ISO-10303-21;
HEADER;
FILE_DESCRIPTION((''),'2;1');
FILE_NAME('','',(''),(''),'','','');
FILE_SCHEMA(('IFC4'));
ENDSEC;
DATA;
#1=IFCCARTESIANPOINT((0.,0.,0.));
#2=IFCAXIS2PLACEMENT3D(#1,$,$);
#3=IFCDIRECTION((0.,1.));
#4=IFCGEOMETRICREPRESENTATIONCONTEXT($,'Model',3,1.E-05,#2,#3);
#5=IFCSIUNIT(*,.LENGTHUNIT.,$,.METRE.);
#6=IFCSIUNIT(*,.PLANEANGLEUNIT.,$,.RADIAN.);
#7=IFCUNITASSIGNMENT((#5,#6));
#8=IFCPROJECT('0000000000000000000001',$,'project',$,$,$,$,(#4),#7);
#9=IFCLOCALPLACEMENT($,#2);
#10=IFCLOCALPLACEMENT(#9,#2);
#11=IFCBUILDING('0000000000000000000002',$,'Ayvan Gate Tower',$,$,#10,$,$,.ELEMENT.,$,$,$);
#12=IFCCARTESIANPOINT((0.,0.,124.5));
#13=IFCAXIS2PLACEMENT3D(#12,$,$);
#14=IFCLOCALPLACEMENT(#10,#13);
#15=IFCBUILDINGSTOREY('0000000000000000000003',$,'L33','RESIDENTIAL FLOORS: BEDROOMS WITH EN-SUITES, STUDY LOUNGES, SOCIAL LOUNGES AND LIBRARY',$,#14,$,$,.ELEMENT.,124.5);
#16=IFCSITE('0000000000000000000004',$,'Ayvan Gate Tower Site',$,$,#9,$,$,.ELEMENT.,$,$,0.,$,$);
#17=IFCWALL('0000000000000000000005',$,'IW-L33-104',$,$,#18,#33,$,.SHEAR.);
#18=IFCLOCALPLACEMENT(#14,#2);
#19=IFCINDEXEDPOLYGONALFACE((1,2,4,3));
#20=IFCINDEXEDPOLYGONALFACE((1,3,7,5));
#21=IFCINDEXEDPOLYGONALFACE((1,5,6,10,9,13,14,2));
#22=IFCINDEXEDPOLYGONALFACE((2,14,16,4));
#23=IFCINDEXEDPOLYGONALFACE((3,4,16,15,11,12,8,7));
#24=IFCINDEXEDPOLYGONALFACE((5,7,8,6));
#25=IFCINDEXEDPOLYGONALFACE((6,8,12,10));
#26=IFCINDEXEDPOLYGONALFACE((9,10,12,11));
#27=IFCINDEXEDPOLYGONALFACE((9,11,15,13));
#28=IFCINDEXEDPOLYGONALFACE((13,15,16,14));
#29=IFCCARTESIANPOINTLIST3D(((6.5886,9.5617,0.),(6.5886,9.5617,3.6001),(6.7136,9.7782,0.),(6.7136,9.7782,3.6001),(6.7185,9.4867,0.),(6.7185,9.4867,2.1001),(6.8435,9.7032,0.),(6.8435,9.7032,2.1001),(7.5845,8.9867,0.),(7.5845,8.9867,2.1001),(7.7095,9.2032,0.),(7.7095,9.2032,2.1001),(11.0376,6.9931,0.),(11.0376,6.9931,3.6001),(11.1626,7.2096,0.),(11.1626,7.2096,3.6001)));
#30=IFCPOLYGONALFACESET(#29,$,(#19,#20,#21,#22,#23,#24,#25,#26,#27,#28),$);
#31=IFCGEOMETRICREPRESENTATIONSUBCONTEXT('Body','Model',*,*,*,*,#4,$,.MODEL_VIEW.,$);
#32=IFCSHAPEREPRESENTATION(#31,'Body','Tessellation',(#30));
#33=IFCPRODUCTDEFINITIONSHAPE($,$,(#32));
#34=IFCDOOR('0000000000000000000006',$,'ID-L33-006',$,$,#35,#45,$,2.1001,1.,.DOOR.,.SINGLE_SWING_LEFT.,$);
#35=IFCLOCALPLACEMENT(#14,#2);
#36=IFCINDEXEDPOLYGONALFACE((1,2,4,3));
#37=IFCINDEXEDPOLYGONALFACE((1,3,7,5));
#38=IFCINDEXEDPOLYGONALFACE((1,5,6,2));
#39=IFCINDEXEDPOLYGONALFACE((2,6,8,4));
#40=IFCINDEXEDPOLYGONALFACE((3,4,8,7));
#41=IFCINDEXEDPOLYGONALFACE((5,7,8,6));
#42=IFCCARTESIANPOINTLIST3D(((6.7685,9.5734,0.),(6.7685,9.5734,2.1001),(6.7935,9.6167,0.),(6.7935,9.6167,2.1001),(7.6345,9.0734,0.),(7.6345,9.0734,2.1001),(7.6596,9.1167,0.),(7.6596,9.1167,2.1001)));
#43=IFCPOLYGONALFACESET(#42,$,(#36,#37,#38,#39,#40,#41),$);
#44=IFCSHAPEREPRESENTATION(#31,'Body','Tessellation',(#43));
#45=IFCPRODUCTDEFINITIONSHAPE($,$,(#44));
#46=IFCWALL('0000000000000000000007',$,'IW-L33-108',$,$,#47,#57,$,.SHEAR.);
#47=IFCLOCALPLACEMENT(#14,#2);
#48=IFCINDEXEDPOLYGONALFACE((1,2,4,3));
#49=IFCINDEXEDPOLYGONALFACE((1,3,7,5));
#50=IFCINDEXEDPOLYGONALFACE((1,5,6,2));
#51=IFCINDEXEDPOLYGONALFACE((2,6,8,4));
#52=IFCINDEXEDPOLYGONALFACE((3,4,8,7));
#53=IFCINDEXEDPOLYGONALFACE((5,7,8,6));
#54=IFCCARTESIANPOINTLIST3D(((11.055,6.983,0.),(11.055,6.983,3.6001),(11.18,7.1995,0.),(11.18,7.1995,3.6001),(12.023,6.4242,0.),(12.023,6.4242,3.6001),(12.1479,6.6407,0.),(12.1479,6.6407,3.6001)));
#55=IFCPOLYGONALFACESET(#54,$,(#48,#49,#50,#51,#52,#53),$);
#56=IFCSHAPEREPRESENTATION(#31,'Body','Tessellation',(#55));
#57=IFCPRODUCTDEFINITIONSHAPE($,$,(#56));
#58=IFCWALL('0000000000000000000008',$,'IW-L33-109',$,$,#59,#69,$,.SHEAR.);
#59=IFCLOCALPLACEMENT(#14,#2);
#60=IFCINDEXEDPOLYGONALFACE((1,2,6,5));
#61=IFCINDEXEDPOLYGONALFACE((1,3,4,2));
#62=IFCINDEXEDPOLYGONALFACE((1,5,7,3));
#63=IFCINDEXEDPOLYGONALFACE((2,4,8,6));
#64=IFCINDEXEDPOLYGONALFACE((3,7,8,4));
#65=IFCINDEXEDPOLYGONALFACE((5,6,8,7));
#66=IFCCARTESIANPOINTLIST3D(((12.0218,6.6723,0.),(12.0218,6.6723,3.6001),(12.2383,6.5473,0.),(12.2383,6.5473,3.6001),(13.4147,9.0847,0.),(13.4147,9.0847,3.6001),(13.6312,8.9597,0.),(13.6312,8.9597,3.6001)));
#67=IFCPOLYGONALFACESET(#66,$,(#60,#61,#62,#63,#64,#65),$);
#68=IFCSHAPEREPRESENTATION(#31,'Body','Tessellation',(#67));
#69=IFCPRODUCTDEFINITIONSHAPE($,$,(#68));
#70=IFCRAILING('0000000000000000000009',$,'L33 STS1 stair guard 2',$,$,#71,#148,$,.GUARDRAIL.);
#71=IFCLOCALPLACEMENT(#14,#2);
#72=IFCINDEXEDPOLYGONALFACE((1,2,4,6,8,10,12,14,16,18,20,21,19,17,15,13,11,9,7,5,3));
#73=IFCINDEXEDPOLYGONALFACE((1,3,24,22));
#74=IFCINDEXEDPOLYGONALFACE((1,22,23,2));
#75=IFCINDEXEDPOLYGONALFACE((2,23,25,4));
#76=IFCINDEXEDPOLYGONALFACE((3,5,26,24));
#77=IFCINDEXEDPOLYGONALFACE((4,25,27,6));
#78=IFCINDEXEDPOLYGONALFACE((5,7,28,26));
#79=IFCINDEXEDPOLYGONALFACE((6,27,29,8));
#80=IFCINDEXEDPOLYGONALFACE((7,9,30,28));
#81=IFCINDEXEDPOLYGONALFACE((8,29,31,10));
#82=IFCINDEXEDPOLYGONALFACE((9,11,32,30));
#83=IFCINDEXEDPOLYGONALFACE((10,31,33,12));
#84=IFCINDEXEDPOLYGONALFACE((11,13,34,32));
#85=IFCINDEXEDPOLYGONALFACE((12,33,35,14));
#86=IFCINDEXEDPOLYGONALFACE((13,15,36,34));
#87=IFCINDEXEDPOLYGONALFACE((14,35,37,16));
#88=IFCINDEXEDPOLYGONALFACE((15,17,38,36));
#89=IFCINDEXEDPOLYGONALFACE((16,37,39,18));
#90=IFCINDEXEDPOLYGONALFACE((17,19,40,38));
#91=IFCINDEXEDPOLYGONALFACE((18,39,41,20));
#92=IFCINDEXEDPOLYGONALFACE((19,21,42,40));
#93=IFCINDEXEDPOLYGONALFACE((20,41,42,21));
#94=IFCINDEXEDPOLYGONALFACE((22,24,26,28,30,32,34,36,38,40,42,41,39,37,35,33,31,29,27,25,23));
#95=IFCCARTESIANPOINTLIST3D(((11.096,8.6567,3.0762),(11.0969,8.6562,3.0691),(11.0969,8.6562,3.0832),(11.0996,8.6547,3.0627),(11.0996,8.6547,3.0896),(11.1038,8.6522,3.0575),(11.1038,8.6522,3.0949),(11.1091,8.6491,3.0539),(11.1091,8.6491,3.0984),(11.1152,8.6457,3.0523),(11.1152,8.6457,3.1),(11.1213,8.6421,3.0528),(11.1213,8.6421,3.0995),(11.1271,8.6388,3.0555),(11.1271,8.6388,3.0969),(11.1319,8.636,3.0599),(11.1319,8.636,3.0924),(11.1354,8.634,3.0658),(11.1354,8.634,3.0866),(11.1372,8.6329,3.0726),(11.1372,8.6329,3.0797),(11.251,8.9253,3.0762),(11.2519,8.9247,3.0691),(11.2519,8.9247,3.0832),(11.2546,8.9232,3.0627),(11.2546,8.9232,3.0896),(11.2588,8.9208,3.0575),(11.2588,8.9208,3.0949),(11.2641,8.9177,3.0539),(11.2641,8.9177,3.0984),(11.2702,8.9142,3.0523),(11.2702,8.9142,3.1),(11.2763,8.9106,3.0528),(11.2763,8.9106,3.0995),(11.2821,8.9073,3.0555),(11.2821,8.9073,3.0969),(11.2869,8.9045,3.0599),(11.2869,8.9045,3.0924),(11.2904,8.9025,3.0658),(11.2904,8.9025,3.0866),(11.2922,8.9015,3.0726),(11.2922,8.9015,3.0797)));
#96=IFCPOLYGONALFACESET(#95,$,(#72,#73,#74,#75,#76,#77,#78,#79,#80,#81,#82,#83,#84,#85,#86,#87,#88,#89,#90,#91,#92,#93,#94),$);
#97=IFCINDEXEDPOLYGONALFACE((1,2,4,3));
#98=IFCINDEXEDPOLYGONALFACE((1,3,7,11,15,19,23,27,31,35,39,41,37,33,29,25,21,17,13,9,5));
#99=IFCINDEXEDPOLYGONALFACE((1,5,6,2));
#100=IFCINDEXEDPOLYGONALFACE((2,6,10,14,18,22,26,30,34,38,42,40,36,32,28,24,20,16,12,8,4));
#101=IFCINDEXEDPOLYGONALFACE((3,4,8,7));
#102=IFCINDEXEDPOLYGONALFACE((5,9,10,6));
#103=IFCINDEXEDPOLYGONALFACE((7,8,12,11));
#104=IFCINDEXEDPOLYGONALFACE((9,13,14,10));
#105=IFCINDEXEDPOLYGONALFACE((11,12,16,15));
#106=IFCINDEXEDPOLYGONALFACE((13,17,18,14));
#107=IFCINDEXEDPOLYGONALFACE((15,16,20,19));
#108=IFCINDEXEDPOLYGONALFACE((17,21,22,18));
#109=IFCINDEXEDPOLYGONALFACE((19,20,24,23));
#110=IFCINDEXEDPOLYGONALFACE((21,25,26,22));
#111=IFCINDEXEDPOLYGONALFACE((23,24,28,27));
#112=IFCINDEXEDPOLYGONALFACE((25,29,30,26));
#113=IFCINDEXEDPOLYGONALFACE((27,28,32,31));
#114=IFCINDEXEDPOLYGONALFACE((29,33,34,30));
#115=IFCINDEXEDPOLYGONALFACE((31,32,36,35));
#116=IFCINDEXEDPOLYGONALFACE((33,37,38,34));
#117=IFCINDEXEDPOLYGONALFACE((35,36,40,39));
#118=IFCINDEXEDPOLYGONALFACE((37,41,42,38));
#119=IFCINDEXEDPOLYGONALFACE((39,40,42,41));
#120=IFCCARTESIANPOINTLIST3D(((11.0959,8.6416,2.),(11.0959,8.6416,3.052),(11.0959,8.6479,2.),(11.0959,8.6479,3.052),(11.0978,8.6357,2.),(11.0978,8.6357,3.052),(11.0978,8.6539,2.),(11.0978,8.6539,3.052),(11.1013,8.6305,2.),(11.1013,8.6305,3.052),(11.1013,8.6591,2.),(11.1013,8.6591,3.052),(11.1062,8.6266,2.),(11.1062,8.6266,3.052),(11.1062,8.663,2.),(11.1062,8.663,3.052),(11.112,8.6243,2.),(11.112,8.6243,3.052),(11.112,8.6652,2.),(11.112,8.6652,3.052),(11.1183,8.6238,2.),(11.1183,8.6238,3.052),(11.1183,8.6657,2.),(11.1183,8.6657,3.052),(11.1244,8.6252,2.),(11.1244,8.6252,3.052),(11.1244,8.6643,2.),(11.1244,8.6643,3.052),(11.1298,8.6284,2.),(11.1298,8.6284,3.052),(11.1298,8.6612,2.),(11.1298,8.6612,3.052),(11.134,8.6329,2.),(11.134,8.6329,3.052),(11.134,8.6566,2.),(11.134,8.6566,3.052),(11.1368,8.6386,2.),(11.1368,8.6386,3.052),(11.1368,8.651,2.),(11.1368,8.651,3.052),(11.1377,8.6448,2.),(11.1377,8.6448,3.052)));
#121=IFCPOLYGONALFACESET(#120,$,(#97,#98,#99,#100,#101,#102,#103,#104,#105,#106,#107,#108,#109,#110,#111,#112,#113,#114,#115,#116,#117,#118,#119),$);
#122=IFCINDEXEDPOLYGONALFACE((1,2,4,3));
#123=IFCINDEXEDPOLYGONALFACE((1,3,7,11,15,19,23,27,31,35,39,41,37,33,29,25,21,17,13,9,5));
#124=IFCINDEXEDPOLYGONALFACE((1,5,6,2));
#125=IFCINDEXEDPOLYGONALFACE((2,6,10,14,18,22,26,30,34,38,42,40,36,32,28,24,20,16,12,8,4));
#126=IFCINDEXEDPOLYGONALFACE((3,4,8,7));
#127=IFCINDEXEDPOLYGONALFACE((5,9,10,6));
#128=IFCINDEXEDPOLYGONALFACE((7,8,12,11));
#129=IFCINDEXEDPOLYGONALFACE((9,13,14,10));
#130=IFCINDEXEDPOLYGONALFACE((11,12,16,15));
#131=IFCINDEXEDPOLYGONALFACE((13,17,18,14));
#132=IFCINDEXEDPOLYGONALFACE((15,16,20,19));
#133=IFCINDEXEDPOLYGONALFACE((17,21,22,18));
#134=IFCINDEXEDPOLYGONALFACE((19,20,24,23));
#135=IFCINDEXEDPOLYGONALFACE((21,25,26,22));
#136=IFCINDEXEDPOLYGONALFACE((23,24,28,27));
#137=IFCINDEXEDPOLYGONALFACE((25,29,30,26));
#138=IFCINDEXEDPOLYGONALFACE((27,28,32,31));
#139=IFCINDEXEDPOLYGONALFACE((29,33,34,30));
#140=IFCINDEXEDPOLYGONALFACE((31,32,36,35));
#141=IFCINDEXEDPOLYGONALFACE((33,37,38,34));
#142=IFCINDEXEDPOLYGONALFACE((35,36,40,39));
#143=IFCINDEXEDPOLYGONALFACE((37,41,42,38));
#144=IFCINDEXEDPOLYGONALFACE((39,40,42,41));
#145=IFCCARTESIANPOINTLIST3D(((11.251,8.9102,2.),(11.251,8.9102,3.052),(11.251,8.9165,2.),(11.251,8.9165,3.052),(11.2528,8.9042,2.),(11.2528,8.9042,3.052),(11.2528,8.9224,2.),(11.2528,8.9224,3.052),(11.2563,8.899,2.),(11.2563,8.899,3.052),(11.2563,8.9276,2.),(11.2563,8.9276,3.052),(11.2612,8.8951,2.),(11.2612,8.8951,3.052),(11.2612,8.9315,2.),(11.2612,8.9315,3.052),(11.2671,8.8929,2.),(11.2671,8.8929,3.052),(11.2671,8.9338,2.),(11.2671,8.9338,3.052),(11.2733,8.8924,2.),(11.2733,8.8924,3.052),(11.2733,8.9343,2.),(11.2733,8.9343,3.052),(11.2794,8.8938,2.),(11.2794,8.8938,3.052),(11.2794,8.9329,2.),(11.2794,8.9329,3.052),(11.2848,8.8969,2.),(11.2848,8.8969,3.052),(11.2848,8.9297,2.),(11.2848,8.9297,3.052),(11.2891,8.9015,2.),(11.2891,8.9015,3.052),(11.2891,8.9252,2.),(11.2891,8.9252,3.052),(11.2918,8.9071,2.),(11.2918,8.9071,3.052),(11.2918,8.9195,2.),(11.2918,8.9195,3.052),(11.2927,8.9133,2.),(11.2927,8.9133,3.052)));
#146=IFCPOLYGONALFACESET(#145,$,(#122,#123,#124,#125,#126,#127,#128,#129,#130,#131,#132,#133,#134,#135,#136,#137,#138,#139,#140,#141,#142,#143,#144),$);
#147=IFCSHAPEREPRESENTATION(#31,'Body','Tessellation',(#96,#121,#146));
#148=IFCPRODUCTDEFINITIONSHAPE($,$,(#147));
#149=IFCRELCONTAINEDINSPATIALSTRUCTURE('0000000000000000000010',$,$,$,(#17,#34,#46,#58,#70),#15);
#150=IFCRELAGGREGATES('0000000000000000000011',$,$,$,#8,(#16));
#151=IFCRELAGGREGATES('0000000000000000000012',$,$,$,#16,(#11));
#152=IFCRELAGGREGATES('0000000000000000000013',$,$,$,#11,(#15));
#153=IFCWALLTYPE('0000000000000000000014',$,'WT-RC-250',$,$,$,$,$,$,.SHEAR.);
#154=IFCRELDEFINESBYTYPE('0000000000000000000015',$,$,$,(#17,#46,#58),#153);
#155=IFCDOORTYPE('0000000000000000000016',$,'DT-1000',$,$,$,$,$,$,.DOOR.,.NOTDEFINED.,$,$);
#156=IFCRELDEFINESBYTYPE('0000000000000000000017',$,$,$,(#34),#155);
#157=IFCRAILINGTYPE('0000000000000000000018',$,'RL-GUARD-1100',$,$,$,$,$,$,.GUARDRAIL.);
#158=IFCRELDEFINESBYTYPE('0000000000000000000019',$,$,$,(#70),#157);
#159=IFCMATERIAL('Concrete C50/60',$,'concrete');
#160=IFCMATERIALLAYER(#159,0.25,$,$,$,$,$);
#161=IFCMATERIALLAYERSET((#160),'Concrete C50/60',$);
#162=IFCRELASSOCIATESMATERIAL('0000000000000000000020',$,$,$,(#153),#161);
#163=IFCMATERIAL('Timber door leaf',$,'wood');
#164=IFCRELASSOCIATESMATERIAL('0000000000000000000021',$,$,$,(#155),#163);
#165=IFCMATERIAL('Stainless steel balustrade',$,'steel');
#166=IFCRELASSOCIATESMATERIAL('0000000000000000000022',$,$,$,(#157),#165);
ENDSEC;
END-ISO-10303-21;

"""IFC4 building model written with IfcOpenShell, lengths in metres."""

from ifc_helpers import new_model, si_unit, direction, frame, frame_2d, origin, origin_2d, place, context, subcontext, project, spatial, rectangle, circle, extrude, material, layer, layer_set, type_object, element, fill, save


model = new_model("IFC4")

# Units and contexts
model_context = context("Model", 3, precision=1e-05, world=origin(), true_north=direction((0.0, 1.0)))
body_context = subcontext(model_context, "Body", "Model", "MODEL_VIEW")
ifc_project = project(units=[si_unit("LENGTHUNIT", "METRE"), si_unit("PLANEANGLEUNIT", "RADIAN")], contexts=[model_context])

# Site, building, storey
site_placement = place(None, origin())
site = spatial("IfcSite", under=ifc_project, at=site_placement, Name="Ayvan Gate Tower Site", CompositionType="ELEMENT", RefElevation=0.0)
building_placement = place(site_placement, origin())
building = spatial("IfcBuilding", under=site, at=building_placement, Name="Ayvan Gate Tower", CompositionType="ELEMENT")
storey_placement = place(building_placement, frame((0.0, 0.0, 124.5)))
storey = spatial("IfcBuildingStorey", under=building, at=storey_placement, Name="L33", Description="RESIDENTIAL FLOORS: BEDROOMS WITH EN-SUITES, STUDY LOUNGES, SOCIAL LOUNGES AND LIBRARY", CompositionType="ELEMENT", Elevation=124.5)

# Shared definitions
ifc_material_1 = material(Name="Timber door leaf", Category="wood")

# Wall, opening, door
ifc_material_2 = material(Name="Concrete C50/60", Category="concrete")
ifc_layer_1 = layer(ifc_material_2, 0.25)
ifc_layer_set_1 = layer_set([ifc_layer_1], Name="Concrete C50/60")
wall_type_1 = type_object("IfcWallType", Name="WT-RC-250", PredefinedType="SHEAR", material=ifc_layer_set_1)
wall_1_placement = place(storey_placement, frame((11.1001, 7.1013, 0.0), z_axis=(0.0, 0.0, 1.0), x_axis=(-0.866027, 0.499998, 0.0)))
wall_1 = element("IfcWall", 1, at=wall_1_placement, inside=storey, type_object=wall_type_1, Name="IW-L33-104", PredefinedType="SHEAR", context=body_context, shape_type="SweptSolid", body=[
    extrude(rectangle(XDim=5.1372, YDim=0.25, at=frame_2d((2.5686, 0.0))), origin(), (0.0, 0.0, 1.0), 3.6001),
])
opening_1_placement = place(wall_1_placement, frame((3.9873, 0.0, 0.0)))
opening_1 = element("IfcOpeningElement", 2, at=opening_1_placement, cuts=wall_1, PredefinedType="OPENING", context=body_context, shape_type="SweptSolid", body=[
    extrude(rectangle(XDim=1.0, YDim=2.1001, at=frame_2d((0.5, 1.05))), frame((0.0, 0.135, 0.0), z_axis=(0.0, -1.0, 0.0), x_axis=(1.0, 0.0, 0.0)), (0.0, 0.0, 1.0), 0.27),
])
door_type_1 = type_object("IfcDoorType", Name="DT-1000", OperationType="NOTDEFINED", PredefinedType="DOOR", material=ifc_material_1)
door_1_placement = place(opening_1_placement, origin())
door_1 = element("IfcDoor", 3, at=door_1_placement, inside=storey, type_object=door_type_1, Name="ID-L33-006", OperationType="SINGLE_SWING_LEFT", OverallHeight=2.1001, OverallWidth=1.0, PredefinedType="DOOR", context=body_context, shape_type="SweptSolid", body=[
    extrude(rectangle(XDim=1.0, YDim=2.1001, at=frame_2d((0.5, 1.05))), frame((0.0, 0.0249, 0.0), z_axis=(0.0, -1.0, 0.0), x_axis=(1.0, 0.0, 0.0)), (0.0, 0.0, 1.0), 0.05),
])
fill(opening_1, door_1)

# Walls
wall_2_placement = place(storey_placement, frame((12.0854, 6.5325, 0.0), z_axis=(0.0, 0.0, 1.0), x_axis=(-0.866044, 0.499968, 0.0)))
element("IfcWall", 4, at=wall_2_placement, inside=storey, type_object=wall_type_1, Name="IW-L33-108", PredefinedType="SHEAR", context=body_context, shape_type="SweptSolid", body=[
    extrude(rectangle(XDim=1.1177, YDim=0.25, at=frame_2d((0.5588, 0.0))), origin(), (0.0, 0.0, 1.0), 3.6001),
])
wall_3_placement = place(storey_placement, frame((13.5229, 9.0222, 0.0), z_axis=(0.0, 0.0, 1.0), x_axis=(-0.500013, -0.866018, 0.0)))
element("IfcWall", 5, at=wall_3_placement, inside=storey, type_object=wall_type_1, Name="IW-L33-109", PredefinedType="SHEAR", context=body_context, shape_type="SweptSolid", body=[
    extrude(rectangle(XDim=2.7856, YDim=0.25, at=frame_2d((1.3928, 0.0))), origin(), (0.0, 0.0, 1.0), 3.6001),
])

# Railing
ifc_material_3 = material(Name="Stainless steel balustrade", Category="steel")
railing_type_1 = type_object("IfcRailingType", Name="RL-GUARD-1100", PredefinedType="GUARDRAIL", material=ifc_material_3)
railing_1_placement = place(storey_placement, frame((11.1167, 8.6448, 2.0)))
element("IfcRailing", 6, at=railing_1_placement, inside=storey, type_object=railing_type_1, Name="L33 STS1 stair guard 2", PredefinedType="GUARDRAIL", context=body_context, shape_type="SweptSolid", body=[
    extrude(circle(Radius=0.0239, at=origin_2d()), frame((0.0, 0.0, 1.0762), z_axis=(0.49995, 0.866054, 0.0), x_axis=(-0.866054, 0.49995, 0.0)), (0.0, 0.0, 1.0), 0.3101),
    extrude(circle(Radius=0.021, at=origin_2d()), origin(), (0.0, 0.0, 1.0), 1.052),
    extrude(circle(Radius=0.021, at=origin_2d()), frame((0.155, 0.2686, 0.0)), (0.0, 0.0, 1.0), 1.052),
])

save(model, "model.ifc")
